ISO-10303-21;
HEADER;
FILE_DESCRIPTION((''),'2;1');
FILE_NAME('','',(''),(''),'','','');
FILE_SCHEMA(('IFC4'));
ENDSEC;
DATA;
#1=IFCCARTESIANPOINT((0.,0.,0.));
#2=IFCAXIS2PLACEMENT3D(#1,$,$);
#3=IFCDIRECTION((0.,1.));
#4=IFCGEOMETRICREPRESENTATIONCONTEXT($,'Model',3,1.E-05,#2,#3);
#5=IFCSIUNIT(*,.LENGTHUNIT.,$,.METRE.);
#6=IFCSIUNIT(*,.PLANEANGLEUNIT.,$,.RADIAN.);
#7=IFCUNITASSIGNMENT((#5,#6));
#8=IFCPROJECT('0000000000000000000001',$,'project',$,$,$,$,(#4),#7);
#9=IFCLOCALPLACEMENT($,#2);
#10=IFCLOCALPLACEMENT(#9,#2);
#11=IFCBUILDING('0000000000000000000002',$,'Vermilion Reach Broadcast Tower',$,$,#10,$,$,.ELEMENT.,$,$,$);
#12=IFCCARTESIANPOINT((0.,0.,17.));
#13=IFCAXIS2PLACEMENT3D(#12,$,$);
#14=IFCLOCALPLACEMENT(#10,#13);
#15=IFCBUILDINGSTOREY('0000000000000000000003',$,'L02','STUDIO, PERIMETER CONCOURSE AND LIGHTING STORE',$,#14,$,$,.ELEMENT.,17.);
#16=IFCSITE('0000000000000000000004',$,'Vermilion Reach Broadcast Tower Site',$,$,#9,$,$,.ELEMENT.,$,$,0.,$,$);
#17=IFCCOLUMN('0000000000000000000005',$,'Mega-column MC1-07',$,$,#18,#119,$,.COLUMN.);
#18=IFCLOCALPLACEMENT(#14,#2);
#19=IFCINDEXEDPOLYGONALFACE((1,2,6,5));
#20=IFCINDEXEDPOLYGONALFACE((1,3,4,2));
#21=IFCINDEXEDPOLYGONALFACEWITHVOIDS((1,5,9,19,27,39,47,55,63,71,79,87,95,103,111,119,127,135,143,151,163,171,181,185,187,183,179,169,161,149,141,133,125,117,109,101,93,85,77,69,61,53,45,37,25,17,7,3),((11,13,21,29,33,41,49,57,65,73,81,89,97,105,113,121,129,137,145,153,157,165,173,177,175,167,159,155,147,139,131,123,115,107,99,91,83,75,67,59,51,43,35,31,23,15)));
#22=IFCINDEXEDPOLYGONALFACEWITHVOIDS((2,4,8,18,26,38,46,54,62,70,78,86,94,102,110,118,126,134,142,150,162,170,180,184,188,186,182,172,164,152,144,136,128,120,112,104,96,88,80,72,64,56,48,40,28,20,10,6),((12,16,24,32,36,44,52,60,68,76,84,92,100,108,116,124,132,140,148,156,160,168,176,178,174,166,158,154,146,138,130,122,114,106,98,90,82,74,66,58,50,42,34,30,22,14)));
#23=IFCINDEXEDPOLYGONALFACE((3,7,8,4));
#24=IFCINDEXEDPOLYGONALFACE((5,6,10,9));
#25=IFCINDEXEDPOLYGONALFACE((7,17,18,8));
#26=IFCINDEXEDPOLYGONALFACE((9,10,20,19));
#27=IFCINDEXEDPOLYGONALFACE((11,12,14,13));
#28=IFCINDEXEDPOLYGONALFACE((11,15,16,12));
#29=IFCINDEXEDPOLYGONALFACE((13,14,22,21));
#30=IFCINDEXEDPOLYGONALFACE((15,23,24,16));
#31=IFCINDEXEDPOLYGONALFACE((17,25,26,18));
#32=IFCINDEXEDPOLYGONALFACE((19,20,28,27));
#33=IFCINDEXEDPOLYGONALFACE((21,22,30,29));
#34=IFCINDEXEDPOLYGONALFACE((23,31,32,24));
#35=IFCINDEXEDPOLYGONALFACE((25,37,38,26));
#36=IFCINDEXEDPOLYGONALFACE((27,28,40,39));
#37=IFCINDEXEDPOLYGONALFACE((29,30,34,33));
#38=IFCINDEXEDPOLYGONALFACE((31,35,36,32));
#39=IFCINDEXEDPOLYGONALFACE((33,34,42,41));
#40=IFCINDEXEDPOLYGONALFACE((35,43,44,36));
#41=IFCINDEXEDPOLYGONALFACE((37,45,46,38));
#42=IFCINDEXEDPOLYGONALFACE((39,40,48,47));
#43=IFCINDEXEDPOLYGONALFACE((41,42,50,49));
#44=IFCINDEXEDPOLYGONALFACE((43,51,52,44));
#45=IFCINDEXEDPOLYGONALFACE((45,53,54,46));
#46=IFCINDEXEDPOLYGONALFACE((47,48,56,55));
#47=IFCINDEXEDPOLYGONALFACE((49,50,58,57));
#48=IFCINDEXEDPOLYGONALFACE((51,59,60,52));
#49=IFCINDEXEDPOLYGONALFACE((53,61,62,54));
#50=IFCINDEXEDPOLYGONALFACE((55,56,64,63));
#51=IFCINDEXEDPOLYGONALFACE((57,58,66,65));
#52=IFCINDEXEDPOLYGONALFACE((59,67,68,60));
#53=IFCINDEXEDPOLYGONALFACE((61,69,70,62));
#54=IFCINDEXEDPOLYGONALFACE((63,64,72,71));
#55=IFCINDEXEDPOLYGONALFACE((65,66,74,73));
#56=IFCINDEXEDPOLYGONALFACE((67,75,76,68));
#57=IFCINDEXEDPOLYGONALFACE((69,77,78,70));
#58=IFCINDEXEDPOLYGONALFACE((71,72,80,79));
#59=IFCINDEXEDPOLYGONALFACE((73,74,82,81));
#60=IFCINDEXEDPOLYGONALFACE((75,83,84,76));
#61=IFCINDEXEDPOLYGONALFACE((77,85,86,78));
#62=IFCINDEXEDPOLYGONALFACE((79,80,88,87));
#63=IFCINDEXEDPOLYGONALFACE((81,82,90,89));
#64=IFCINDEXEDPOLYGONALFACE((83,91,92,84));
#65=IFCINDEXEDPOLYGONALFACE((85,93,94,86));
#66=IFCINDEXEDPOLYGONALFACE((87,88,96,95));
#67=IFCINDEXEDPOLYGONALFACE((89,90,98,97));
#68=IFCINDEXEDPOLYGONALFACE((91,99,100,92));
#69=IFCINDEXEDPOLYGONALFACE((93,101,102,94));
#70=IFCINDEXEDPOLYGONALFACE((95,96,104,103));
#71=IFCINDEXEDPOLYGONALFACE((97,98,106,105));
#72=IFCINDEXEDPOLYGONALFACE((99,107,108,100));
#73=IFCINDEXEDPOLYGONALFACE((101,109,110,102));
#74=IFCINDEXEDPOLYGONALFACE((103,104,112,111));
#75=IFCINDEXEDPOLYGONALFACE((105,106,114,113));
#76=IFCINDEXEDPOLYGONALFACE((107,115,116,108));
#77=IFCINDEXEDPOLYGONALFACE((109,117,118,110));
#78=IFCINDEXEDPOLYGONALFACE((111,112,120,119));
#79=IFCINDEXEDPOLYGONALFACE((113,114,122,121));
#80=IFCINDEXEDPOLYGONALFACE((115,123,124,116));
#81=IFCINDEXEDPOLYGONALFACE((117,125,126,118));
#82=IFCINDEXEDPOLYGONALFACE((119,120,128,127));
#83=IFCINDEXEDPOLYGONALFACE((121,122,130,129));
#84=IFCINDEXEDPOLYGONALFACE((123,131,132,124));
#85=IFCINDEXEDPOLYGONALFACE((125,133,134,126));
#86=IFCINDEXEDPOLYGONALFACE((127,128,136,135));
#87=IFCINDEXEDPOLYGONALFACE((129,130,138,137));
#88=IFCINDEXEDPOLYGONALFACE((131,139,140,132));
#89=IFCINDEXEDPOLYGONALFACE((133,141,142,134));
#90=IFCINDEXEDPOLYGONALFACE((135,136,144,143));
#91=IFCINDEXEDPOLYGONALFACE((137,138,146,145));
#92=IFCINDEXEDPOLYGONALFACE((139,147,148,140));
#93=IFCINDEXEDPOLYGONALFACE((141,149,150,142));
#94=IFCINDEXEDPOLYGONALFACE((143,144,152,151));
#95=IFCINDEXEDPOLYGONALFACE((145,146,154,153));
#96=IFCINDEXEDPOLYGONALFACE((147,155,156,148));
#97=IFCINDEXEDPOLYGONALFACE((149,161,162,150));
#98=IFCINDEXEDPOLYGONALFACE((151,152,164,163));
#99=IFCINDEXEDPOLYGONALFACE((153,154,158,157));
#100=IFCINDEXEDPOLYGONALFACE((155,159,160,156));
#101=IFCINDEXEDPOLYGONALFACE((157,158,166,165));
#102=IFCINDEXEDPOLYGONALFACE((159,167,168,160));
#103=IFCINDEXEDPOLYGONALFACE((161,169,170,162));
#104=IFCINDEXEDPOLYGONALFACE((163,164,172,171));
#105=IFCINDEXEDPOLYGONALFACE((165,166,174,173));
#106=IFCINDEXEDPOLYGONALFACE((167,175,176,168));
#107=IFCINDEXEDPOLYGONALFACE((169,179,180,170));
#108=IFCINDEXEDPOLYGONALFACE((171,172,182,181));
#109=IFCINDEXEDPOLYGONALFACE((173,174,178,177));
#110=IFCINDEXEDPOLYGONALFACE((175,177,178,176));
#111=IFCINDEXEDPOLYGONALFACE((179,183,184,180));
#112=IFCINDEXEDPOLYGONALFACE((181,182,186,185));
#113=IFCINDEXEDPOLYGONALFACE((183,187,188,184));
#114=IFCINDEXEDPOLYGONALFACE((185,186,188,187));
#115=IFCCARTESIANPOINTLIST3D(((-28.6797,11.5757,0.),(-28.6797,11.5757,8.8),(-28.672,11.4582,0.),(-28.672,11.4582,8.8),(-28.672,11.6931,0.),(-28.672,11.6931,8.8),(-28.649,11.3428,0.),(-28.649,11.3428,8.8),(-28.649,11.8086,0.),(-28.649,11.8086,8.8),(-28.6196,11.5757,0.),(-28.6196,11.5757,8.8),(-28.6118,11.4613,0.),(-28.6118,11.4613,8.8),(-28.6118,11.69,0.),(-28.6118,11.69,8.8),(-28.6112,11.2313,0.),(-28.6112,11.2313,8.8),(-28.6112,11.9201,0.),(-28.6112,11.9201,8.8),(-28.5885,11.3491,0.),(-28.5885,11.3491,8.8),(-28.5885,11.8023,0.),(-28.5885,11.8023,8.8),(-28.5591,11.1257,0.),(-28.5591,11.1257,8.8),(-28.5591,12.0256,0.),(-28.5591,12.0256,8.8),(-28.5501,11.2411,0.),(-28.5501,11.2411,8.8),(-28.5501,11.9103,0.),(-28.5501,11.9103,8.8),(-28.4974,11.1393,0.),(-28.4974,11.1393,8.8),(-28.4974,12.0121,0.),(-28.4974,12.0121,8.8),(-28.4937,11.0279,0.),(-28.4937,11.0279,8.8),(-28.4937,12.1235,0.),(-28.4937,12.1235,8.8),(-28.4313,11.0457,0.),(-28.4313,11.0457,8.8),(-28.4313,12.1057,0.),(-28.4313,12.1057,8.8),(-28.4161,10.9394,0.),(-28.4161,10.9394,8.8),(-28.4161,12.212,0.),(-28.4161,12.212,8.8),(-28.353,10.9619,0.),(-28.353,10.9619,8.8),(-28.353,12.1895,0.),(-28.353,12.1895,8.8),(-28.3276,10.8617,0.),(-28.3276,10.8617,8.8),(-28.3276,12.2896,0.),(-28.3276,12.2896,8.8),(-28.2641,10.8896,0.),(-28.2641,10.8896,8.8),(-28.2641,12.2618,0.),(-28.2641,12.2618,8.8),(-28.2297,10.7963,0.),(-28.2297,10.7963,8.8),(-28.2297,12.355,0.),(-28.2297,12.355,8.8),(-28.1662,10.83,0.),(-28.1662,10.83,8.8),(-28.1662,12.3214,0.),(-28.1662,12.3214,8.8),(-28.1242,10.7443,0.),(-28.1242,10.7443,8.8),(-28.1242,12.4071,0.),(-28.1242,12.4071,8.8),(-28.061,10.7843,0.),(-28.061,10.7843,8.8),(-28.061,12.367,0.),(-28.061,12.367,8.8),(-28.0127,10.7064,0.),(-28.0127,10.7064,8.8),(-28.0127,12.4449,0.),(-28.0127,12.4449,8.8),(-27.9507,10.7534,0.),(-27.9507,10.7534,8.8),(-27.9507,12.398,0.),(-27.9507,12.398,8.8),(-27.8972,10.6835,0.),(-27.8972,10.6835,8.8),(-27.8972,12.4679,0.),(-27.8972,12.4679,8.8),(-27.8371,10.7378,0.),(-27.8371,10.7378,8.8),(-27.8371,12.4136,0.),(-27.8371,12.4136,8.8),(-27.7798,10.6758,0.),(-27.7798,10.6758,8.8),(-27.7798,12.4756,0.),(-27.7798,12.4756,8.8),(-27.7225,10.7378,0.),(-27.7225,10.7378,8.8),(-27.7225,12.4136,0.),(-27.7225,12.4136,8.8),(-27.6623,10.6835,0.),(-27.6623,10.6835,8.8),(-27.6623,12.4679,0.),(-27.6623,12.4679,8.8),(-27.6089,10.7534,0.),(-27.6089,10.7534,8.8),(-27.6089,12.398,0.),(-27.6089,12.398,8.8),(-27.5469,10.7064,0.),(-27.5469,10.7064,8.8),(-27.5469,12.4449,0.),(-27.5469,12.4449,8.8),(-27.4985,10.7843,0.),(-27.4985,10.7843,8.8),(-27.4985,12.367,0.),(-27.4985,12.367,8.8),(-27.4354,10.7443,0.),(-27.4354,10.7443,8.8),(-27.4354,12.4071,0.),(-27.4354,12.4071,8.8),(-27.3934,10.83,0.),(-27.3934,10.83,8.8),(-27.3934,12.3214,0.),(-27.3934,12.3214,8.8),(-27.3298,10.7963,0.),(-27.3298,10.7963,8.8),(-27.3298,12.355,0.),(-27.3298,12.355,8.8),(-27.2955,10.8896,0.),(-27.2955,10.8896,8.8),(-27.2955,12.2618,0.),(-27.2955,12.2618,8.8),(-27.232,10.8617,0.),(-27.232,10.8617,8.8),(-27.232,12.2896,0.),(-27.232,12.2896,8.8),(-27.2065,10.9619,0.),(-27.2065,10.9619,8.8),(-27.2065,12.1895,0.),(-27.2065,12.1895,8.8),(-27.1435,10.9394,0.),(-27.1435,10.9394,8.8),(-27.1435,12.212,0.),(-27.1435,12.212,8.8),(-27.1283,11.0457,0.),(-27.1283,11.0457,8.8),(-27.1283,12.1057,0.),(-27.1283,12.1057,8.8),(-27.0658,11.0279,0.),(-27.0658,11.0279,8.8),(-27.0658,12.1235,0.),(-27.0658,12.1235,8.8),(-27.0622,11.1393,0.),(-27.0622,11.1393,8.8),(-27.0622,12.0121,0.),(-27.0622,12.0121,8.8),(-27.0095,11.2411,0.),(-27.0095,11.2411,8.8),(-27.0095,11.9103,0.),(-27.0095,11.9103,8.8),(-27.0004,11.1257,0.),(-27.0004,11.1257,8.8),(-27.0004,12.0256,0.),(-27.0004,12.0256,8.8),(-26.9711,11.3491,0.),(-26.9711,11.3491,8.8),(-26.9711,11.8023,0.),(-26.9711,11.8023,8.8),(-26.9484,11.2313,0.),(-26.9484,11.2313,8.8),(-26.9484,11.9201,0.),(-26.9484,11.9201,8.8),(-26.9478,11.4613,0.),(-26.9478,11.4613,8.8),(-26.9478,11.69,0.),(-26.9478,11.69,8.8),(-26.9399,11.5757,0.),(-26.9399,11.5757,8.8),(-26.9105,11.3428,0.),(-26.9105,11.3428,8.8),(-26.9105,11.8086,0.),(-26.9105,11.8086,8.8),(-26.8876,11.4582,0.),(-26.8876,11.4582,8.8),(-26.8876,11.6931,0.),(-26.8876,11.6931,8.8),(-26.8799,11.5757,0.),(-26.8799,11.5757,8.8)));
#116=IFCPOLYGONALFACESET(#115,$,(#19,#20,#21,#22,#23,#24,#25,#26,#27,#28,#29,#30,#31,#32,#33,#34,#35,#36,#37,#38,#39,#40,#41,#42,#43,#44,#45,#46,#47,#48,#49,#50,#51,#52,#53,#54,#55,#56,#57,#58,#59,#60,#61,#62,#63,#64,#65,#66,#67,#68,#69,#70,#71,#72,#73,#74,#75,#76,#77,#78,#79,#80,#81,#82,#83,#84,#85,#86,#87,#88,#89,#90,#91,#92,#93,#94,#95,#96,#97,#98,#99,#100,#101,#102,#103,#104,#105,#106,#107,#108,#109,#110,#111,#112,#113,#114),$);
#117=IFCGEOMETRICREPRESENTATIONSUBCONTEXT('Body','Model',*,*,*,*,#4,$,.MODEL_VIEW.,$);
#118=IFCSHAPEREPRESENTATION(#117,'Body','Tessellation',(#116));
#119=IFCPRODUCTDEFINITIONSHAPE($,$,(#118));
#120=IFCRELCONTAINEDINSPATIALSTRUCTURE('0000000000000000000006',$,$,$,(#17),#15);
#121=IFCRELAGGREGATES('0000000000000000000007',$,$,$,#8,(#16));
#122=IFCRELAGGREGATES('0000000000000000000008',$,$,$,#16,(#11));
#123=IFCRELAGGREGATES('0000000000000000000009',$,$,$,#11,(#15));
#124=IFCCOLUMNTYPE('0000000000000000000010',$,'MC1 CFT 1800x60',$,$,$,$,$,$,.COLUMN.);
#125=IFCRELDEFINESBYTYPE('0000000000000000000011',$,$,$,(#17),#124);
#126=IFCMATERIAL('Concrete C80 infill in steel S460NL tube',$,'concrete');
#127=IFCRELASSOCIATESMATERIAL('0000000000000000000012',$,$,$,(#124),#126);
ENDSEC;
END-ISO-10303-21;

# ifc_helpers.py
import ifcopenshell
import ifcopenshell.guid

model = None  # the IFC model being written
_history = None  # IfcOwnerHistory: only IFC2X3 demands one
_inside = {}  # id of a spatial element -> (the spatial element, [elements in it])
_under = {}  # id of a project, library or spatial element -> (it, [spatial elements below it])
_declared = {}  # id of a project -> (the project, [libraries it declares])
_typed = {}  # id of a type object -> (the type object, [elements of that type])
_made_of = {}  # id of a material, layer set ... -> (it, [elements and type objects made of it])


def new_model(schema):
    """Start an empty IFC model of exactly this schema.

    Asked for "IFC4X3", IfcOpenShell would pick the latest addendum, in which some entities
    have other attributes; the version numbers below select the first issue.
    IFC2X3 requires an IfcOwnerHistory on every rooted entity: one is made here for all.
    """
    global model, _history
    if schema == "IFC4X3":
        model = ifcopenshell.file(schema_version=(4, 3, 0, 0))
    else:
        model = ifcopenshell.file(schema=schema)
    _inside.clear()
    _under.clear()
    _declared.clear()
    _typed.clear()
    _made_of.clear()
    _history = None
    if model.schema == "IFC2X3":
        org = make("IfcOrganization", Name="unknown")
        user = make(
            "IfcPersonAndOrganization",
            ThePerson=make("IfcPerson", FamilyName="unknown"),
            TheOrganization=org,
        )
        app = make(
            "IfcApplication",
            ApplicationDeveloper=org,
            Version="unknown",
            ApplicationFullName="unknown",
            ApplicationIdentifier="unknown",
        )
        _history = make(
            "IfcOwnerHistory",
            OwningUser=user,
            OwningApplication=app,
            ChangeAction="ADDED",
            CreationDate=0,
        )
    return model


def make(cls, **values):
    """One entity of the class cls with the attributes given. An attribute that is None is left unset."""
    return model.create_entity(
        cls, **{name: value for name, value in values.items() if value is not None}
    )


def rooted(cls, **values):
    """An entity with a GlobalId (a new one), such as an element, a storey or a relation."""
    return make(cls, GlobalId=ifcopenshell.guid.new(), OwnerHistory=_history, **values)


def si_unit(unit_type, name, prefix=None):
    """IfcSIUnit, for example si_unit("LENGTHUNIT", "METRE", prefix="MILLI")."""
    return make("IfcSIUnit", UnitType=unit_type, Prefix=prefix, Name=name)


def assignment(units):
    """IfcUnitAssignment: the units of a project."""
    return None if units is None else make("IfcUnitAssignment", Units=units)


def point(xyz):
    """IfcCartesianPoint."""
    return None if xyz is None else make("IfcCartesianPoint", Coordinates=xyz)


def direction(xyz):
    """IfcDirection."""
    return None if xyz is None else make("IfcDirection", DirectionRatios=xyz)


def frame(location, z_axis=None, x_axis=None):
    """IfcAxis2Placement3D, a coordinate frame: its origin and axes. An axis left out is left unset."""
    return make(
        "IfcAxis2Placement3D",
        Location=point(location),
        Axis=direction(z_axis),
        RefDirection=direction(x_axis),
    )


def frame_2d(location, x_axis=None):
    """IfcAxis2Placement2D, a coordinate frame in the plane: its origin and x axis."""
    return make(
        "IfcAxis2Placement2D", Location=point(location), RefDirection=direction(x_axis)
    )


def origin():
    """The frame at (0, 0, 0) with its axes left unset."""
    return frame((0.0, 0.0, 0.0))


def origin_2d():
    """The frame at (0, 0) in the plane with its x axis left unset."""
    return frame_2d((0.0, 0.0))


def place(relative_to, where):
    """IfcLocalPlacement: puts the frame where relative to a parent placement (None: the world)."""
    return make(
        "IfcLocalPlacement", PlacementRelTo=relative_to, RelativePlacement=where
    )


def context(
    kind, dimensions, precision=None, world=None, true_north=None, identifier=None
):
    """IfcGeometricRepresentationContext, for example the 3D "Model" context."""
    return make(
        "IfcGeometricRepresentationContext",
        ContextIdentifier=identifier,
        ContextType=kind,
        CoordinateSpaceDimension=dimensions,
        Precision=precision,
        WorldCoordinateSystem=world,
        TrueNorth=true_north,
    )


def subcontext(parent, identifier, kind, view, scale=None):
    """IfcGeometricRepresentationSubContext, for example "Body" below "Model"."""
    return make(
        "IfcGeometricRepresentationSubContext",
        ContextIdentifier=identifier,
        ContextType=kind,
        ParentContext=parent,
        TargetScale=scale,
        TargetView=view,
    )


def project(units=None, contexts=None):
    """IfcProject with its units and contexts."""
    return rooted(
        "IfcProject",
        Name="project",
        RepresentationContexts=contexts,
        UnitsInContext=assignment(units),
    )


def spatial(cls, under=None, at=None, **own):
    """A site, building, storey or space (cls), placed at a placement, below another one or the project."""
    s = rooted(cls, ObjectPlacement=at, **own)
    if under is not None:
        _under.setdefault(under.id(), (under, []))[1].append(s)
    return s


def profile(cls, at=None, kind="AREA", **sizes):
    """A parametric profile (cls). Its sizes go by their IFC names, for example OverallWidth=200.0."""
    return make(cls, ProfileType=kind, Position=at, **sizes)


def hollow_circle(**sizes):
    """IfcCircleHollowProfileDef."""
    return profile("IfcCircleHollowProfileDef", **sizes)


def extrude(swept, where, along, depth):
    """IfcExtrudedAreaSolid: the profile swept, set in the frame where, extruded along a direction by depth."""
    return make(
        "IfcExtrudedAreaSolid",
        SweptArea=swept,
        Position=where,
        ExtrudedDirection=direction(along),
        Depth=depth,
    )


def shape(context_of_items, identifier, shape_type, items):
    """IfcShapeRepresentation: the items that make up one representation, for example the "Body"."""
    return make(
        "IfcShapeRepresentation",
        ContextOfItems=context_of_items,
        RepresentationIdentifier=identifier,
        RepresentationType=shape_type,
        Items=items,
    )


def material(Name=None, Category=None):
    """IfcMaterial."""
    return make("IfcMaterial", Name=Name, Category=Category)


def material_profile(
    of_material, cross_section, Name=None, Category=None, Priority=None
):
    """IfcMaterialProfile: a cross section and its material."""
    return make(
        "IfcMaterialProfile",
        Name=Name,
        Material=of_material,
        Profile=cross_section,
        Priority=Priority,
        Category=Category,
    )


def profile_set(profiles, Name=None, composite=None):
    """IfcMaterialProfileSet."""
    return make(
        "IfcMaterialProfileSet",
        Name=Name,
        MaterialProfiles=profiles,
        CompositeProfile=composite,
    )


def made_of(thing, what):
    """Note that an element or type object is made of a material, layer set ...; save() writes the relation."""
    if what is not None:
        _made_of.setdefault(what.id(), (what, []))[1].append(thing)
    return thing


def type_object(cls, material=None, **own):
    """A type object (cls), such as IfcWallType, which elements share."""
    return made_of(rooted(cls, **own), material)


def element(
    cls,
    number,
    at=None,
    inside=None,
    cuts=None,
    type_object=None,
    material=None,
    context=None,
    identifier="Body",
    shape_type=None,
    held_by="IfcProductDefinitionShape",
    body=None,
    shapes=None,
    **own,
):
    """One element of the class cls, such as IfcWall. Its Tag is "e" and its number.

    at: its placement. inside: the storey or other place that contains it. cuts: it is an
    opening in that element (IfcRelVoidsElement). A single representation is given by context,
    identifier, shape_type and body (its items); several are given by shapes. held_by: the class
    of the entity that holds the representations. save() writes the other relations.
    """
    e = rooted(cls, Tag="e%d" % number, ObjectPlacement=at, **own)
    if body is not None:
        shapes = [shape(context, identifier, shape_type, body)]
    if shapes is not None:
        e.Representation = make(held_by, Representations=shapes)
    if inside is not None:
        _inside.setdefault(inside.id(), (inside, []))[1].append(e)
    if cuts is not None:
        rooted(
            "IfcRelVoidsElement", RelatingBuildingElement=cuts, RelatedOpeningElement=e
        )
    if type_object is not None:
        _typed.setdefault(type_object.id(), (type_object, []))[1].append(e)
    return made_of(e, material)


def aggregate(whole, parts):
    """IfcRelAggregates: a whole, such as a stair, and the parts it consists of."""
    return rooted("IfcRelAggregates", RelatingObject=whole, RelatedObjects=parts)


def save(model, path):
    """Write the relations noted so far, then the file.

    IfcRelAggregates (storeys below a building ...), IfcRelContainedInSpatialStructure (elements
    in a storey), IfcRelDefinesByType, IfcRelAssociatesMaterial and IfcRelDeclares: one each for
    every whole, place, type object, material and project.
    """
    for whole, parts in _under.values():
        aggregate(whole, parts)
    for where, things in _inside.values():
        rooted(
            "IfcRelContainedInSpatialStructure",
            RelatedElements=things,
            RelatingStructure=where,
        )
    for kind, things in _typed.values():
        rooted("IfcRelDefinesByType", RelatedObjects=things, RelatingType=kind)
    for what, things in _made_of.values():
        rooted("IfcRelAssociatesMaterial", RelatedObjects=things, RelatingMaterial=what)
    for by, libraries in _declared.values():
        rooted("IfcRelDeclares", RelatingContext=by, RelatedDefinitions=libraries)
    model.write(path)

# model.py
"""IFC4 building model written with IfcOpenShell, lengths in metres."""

from ifc_helpers import new_model, si_unit, direction, frame, origin, origin_2d, place, context, subcontext, project, spatial, hollow_circle, extrude, material, material_profile, profile_set, type_object, element, save


model = new_model("IFC4")

# Units and contexts
model_context = context("Model", 3, precision=1e-05, world=origin(), true_north=direction((0.0, 1.0)))
body_context = subcontext(model_context, "Body", "Model", "MODEL_VIEW")
ifc_project = project(units=[si_unit("LENGTHUNIT", "METRE"), si_unit("PLANEANGLEUNIT", "RADIAN")], contexts=[model_context])

# Site, building, storey
site_placement = place(None, origin())
site = spatial("IfcSite", under=ifc_project, at=site_placement, Name="Vermilion Reach Broadcast Tower Site", CompositionType="ELEMENT", RefElevation=0.0)
building_placement = place(site_placement, origin())
building = spatial("IfcBuilding", under=site, at=building_placement, Name="Vermilion Reach Broadcast Tower", CompositionType="ELEMENT")
storey_placement = place(building_placement, frame((0.0, 0.0, 17.0)))
storey = spatial("IfcBuildingStorey", under=building, at=storey_placement, Name="L02", Description="STUDIO, PERIMETER CONCOURSE AND LIGHTING STORE", CompositionType="ELEMENT", Elevation=17.0)

# Column
ifc_material_1 = material(Name="Concrete C80 infill in steel S460NL tube", Category="concrete")
ifc_material_profile_1 = material_profile(ifc_material_1, hollow_circle(Radius=0.8999, WallThickness=0.0601, at=origin_2d()), Name="Concrete C80 infill in steel S460NL tube CFT 1800x60")
ifc_profile_set_1 = profile_set([ifc_material_profile_1], Name="Concrete C80 infill in steel S460NL tube")
column_type = type_object("IfcColumnType", Name="MC1 CFT 1800x60", PredefinedType="COLUMN", material=ifc_profile_set_1)
for number, where, z_axis, x_axis, name in (
    (1, (-27.7798, 11.5757, 0.0), (0.0, 0.0, 1.0), (1.0, 0.0, 0.0), "Mega-column MC1-07"),
):
    element("IfcColumn", number, at=place(storey_placement, frame(where, z_axis=z_axis, x_axis=x_axis)), inside=storey, type_object=column_type, Name=name, PredefinedType="COLUMN", context=body_context, shape_type="SweptSolid", body=[
        extrude(hollow_circle(Radius=0.8999, WallThickness=0.0601, at=origin_2d()), origin(), (0.0, 0.0, 1.0), 8.8),
    ])

save(model, "model.ifc")
